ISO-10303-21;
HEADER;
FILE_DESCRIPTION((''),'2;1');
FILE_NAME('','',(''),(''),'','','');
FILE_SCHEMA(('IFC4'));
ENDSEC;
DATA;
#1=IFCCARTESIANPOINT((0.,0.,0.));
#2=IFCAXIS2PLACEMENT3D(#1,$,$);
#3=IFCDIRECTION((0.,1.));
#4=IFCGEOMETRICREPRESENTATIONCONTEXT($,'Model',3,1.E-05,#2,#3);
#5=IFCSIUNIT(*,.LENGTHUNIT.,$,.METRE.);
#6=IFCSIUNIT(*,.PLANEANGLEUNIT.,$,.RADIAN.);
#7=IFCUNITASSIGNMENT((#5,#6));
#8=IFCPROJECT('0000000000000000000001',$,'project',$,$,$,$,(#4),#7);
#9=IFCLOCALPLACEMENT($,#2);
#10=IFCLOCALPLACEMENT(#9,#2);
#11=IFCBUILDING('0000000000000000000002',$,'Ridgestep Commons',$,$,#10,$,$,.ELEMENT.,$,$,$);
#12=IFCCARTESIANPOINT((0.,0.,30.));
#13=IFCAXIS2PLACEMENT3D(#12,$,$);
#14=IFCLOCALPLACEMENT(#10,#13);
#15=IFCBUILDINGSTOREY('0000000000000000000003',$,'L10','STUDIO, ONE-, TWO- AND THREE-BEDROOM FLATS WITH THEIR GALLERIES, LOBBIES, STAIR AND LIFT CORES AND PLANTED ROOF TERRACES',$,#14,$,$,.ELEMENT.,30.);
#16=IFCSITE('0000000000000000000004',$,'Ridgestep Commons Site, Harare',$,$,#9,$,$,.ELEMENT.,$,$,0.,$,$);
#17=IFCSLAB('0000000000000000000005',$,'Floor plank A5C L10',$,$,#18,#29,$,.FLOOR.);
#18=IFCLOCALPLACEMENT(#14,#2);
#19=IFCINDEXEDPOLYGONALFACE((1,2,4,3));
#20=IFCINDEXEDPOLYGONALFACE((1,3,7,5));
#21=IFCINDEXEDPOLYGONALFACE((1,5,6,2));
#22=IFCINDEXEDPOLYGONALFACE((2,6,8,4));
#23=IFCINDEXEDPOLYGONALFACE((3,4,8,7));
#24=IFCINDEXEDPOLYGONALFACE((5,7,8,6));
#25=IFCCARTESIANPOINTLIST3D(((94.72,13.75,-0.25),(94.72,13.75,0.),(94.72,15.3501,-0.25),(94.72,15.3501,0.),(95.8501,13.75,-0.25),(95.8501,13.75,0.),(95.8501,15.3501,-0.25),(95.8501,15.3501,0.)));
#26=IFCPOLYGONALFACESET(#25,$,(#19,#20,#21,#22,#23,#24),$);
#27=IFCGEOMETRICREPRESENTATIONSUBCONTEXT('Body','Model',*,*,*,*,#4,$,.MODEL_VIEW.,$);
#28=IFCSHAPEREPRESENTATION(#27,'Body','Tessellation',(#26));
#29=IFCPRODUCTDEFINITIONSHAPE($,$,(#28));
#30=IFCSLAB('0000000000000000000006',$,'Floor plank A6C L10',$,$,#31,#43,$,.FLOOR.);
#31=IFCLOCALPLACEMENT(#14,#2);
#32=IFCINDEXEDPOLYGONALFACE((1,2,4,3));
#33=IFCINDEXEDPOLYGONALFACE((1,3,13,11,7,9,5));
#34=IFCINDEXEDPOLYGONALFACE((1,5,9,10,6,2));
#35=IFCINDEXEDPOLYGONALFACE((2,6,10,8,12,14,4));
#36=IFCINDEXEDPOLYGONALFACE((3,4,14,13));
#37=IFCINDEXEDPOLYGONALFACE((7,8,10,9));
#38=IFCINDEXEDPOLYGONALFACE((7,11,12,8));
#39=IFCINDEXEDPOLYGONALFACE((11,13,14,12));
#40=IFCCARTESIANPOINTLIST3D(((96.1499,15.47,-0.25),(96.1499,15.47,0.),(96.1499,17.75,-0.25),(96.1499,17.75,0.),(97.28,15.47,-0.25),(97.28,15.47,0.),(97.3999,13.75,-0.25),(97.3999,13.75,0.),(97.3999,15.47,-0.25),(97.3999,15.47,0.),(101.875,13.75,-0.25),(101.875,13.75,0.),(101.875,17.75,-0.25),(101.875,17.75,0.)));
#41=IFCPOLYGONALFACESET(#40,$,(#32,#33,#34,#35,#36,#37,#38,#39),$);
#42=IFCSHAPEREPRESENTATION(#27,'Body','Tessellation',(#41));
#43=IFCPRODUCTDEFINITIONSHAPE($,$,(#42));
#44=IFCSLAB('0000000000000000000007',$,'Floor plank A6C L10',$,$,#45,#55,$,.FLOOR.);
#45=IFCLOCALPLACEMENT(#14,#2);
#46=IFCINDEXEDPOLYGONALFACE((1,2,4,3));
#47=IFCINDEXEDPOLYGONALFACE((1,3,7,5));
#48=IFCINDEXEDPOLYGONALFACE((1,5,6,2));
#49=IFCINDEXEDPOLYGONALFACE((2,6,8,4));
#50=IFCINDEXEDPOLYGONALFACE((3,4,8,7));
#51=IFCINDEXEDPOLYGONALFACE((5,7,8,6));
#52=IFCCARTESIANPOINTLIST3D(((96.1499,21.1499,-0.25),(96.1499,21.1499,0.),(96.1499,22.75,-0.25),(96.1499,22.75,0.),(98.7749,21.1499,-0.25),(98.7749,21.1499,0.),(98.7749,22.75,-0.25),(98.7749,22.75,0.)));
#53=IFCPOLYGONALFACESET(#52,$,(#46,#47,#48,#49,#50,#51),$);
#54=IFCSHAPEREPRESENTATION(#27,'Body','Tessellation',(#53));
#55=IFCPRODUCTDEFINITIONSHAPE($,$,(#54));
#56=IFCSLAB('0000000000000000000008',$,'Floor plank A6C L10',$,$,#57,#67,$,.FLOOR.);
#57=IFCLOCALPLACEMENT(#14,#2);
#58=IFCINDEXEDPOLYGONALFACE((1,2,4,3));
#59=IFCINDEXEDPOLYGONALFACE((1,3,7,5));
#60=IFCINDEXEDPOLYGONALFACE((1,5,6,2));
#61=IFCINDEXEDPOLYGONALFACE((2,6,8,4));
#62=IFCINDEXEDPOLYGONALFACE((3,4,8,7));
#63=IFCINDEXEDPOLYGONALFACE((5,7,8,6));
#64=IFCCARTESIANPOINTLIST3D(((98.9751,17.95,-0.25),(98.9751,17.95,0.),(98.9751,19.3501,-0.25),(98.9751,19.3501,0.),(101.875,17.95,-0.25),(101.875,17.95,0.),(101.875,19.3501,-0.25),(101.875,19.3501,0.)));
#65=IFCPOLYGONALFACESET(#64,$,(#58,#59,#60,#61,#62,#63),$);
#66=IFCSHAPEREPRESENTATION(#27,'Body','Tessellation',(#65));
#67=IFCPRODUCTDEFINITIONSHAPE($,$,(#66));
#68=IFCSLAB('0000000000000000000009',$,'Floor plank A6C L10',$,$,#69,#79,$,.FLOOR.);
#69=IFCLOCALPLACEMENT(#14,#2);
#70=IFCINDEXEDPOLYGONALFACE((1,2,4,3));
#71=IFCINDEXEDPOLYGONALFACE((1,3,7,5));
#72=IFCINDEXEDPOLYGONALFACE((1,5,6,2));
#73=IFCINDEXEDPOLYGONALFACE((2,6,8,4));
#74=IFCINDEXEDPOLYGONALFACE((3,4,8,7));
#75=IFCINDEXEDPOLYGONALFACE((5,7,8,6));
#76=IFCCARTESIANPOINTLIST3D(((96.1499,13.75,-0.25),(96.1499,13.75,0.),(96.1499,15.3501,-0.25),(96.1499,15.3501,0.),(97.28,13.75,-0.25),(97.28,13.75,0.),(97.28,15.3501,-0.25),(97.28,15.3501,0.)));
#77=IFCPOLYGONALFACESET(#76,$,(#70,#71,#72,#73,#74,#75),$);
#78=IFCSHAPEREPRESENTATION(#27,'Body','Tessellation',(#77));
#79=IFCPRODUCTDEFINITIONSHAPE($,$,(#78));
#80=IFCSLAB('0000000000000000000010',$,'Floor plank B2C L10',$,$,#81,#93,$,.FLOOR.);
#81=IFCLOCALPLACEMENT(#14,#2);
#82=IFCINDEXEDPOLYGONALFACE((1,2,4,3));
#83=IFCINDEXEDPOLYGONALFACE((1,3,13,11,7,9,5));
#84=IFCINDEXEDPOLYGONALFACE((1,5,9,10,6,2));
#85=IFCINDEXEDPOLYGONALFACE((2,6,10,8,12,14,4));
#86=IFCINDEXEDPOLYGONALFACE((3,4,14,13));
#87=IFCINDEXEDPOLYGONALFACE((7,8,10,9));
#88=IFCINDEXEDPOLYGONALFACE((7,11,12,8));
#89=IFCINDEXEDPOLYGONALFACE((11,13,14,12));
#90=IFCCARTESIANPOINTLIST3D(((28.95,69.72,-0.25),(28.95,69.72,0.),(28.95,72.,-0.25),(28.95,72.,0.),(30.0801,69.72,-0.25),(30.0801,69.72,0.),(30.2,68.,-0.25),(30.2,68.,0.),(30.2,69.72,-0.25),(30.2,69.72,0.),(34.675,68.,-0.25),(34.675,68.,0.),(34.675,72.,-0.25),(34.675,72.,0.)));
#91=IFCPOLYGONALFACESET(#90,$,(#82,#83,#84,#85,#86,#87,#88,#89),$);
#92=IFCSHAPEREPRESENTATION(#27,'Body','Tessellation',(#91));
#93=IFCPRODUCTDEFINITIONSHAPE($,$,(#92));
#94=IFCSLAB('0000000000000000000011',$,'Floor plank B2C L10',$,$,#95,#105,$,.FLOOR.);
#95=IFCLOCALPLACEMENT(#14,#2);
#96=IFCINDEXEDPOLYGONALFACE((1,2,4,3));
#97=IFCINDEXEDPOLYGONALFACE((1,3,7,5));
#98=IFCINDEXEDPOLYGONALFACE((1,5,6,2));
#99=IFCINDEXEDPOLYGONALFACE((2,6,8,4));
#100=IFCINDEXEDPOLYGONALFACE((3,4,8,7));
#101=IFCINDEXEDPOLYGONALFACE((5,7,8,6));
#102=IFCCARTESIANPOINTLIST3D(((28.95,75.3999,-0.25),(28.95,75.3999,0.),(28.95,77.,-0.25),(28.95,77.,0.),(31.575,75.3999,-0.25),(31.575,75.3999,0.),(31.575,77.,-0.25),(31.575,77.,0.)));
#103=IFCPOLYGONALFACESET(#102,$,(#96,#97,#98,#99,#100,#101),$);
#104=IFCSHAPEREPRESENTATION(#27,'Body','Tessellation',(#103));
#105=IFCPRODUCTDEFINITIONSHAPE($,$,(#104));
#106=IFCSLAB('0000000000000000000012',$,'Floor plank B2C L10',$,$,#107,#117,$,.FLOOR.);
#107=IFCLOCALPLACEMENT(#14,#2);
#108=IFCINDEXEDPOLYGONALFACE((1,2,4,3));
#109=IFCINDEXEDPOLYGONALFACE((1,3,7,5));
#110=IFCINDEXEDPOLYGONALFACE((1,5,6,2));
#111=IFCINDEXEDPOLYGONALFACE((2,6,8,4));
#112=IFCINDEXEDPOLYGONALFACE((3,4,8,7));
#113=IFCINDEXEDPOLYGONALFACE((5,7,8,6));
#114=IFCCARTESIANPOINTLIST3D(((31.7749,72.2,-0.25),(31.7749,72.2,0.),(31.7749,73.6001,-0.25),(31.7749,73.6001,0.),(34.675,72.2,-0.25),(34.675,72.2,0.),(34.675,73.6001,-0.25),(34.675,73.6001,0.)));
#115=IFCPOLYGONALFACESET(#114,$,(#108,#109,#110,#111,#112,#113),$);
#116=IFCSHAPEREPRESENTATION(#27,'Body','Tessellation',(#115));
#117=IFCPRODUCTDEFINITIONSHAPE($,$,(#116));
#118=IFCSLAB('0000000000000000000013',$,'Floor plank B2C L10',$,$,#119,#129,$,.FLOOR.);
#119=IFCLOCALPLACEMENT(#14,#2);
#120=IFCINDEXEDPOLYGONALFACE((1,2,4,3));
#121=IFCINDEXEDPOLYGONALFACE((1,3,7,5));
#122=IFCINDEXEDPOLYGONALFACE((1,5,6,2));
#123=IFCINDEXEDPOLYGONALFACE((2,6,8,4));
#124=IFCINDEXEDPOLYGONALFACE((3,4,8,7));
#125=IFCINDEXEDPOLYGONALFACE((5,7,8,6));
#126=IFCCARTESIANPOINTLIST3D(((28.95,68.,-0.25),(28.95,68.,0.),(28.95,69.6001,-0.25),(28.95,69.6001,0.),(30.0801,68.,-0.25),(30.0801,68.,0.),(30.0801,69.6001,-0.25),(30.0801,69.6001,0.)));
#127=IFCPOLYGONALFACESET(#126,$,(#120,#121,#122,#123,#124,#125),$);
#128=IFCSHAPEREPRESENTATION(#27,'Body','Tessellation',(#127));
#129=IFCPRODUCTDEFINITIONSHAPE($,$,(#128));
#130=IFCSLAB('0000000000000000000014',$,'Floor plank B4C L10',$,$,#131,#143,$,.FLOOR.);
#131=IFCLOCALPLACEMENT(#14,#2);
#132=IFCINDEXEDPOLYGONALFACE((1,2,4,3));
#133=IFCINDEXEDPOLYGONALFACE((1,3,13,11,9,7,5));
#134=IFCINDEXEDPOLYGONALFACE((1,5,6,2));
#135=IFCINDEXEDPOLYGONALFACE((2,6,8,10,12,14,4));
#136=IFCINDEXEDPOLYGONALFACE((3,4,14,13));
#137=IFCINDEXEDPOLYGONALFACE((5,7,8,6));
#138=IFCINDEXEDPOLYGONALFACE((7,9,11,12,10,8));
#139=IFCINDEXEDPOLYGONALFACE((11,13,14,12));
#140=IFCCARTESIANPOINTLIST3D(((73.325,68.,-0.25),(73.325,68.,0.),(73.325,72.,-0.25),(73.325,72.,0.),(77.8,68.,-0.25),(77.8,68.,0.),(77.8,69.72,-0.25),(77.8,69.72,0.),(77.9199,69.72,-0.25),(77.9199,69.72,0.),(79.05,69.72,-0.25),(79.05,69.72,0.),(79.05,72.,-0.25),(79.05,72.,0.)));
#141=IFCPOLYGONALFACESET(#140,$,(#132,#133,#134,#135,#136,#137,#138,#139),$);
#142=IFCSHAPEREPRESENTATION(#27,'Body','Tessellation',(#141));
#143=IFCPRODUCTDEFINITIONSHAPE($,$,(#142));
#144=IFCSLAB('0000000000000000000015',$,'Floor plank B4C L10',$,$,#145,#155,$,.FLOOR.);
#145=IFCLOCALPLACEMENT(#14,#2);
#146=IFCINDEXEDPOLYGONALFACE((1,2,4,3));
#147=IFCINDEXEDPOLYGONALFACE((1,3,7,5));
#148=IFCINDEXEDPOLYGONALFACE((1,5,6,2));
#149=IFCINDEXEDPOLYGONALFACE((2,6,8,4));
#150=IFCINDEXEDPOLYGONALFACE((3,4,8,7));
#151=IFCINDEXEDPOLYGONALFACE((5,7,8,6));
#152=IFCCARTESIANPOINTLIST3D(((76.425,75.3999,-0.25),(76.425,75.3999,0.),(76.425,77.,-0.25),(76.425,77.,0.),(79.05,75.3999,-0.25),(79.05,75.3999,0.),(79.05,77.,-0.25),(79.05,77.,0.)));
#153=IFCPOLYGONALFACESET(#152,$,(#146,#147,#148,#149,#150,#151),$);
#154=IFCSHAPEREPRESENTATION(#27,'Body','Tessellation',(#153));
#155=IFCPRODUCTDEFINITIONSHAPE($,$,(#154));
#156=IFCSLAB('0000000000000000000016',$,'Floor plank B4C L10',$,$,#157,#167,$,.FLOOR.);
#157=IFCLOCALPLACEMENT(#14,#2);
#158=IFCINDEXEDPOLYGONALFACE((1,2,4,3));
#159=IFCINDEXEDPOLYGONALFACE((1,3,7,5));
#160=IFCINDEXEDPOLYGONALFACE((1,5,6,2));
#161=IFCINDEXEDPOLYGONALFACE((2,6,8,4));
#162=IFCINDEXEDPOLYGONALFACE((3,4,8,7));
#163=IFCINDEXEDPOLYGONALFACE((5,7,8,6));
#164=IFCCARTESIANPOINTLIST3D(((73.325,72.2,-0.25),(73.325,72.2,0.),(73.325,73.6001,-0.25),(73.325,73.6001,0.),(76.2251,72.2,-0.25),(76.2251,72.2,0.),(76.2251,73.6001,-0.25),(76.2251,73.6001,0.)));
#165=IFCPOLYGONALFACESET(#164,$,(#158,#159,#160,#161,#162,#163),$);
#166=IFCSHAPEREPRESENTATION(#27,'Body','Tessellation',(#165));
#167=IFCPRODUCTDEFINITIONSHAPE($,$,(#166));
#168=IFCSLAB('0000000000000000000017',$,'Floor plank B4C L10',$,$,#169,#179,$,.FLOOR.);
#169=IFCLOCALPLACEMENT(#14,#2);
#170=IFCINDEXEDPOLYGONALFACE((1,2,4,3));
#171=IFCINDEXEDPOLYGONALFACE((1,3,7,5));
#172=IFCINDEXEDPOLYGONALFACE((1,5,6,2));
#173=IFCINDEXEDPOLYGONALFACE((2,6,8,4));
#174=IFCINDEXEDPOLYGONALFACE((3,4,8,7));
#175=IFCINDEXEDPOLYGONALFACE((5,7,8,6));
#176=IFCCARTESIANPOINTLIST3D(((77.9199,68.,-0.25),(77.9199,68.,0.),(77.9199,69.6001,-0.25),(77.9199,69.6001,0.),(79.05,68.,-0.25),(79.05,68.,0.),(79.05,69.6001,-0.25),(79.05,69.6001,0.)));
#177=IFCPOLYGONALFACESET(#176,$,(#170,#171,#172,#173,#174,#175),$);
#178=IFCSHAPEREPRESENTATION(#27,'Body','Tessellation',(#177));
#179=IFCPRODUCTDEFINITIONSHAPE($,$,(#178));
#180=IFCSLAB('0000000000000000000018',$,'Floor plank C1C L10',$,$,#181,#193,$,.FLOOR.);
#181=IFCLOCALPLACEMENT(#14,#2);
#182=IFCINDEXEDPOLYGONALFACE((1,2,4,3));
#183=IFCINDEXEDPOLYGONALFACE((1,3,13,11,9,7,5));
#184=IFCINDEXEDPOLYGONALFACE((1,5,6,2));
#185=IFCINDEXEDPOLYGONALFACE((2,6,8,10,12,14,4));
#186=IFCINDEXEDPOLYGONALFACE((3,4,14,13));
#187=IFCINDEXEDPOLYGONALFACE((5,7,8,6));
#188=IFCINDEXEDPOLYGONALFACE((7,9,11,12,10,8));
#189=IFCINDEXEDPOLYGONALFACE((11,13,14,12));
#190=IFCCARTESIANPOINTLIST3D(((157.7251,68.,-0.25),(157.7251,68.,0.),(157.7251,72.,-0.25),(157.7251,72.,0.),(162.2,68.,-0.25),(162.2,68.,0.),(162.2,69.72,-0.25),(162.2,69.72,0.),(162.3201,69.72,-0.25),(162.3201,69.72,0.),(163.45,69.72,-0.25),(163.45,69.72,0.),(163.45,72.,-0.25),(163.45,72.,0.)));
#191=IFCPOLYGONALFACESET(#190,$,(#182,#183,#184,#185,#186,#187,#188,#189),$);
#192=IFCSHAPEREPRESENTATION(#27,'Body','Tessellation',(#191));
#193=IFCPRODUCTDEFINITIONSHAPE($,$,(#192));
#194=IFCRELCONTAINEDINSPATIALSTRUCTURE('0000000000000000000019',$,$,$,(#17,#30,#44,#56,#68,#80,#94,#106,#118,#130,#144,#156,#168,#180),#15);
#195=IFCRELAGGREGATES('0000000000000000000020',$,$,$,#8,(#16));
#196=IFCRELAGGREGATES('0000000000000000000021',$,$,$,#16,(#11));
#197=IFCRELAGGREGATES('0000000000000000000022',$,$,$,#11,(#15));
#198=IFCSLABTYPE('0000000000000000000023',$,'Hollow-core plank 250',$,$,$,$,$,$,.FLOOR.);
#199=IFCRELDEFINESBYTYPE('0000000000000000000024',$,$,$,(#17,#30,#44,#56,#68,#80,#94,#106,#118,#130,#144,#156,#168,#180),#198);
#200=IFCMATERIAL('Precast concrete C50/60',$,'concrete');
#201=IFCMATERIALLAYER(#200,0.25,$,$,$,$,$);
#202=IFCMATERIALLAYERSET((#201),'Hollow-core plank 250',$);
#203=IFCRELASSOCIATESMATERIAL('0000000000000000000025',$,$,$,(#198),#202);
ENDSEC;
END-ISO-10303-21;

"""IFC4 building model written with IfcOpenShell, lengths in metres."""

from ifc_helpers import new_model, si_unit, direction, frame, origin, place, context, subcontext, project, spatial, polyline, outline, extrude, material, layer, layer_set, type_object, element, save


model = new_model("IFC4")

# Units and contexts
model_context = context("Model", 3, precision=1e-05, world=origin(), true_north=direction((0.0, 1.0)))
body_context = subcontext(model_context, "Body", "Model", "MODEL_VIEW")
ifc_project = project(units=[si_unit("LENGTHUNIT", "METRE"), si_unit("PLANEANGLEUNIT", "RADIAN")], contexts=[model_context])

# Site, building, storey
site_placement = place(None, origin())
site = spatial("IfcSite", under=ifc_project, at=site_placement, Name="Ridgestep Commons Site, Harare", CompositionType="ELEMENT", RefElevation=0.0)
building_placement = place(site_placement, origin())
building = spatial("IfcBuilding", under=site, at=building_placement, Name="Ridgestep Commons", CompositionType="ELEMENT")
storey_placement = place(building_placement, frame((0.0, 0.0, 30.0)))
storey = spatial("IfcBuildingStorey", under=building, at=storey_placement, Name="L10", Description="STUDIO, ONE-, TWO- AND THREE-BEDROOM FLATS WITH THEIR GALLERIES, LOBBIES, STAIR AND LIFT CORES AND PLANTED ROOF TERRACES", CompositionType="ELEMENT", Elevation=30.0)

# Slabs
ifc_material_1 = material(Name="Precast concrete C50/60", Category="concrete")
ifc_layer_1 = layer(ifc_material_1, 0.25)
ifc_layer_set_1 = layer_set([ifc_layer_1], Name="Hollow-core plank 250")
slab_type_1 = type_object("IfcSlabType", Name="Hollow-core plank 250", PredefinedType="FLOOR", material=ifc_layer_set_1)
slab_1_placement = place(storey_placement, frame((0.0, 0.0, -0.25)))
element("IfcSlab", 1, at=slab_1_placement, inside=storey, type_object=slab_type_1, Name="Floor plank A5C L10", PredefinedType="FLOOR", context=body_context, shape_type="SweptSolid", body=[
    extrude(outline(polyline([(94.72, 13.75), (95.8501, 13.75), (95.8501, 15.3501), (94.72, 15.3501), (94.72, 13.75)])), origin(), (0.0, 0.0, 1.0), 0.25),
])
slab_2_placement = place(storey_placement, frame((0.0, 0.0, -0.25)))
element("IfcSlab", 2, at=slab_2_placement, inside=storey, type_object=slab_type_1, Name="Floor plank A6C L10", PredefinedType="FLOOR", context=body_context, shape_type="SweptSolid", body=[
    extrude(outline(polyline([(97.3999, 13.75), (101.875, 13.75), (101.875, 17.75), (96.1499, 17.75), (96.1499, 15.47), (97.28, 15.47), (97.3999, 15.47), (97.3999, 13.75)])), origin(), (0.0, 0.0, 1.0), 0.25),
])
slab_3_placement = place(storey_placement, frame((0.0, 0.0, -0.25)))
element("IfcSlab", 3, at=slab_3_placement, inside=storey, type_object=slab_type_1, Name="Floor plank A6C L10", PredefinedType="FLOOR", context=body_context, shape_type="SweptSolid", body=[
    extrude(outline(polyline([(98.7749, 22.75), (96.1499, 22.75), (96.1499, 21.1499), (98.7749, 21.1499), (98.7749, 22.75)])), origin(), (0.0, 0.0, 1.0), 0.25),
])
slab_4_placement = place(storey_placement, frame((0.0, 0.0, -0.25)))
element("IfcSlab", 4, at=slab_4_placement, inside=storey, type_object=slab_type_1, Name="Floor plank A6C L10", PredefinedType="FLOOR", context=body_context, shape_type="SweptSolid", body=[
    extrude(outline(polyline([(101.875, 17.95), (101.875, 19.3501), (98.9751, 19.3501), (98.9751, 17.95), (101.875, 17.95)])), origin(), (0.0, 0.0, 1.0), 0.25),
])
slab_5_placement = place(storey_placement, frame((0.0, 0.0, -0.25)))
element("IfcSlab", 5, at=slab_5_placement, inside=storey, type_object=slab_type_1, Name="Floor plank A6C L10", PredefinedType="FLOOR", context=body_context, shape_type="SweptSolid", body=[
    extrude(outline(polyline([(97.28, 15.3501), (96.1499, 15.3501), (96.1499, 13.75), (97.28, 13.75), (97.28, 15.3501)])), origin(), (0.0, 0.0, 1.0), 0.25),
])
slab_6_placement = place(storey_placement, frame((0.0, 0.0, -0.25)))
element("IfcSlab", 6, at=slab_6_placement, inside=storey, type_object=slab_type_1, Name="Floor plank B2C L10", PredefinedType="FLOOR", context=body_context, shape_type="SweptSolid", body=[
    extrude(outline(polyline([(30.2, 68.0), (34.675, 68.0), (34.675, 72.0), (28.95, 72.0), (28.95, 69.72), (30.0801, 69.72), (30.2, 69.72), (30.2, 68.0)])), origin(), (0.0, 0.0, 1.0), 0.25),
])
slab_7_placement = place(storey_placement, frame((0.0, 0.0, -0.25)))
element("IfcSlab", 7, at=slab_7_placement, inside=storey, type_object=slab_type_1, Name="Floor plank B2C L10", PredefinedType="FLOOR", context=body_context, shape_type="SweptSolid", body=[
    extrude(outline(polyline([(31.575, 77.0), (28.95, 77.0), (28.95, 75.3999), (31.575, 75.3999), (31.575, 77.0)])), origin(), (0.0, 0.0, 1.0), 0.25),
])
slab_8_placement = place(storey_placement, frame((0.0, 0.0, -0.25)))
element("IfcSlab", 8, at=slab_8_placement, inside=storey, type_object=slab_type_1, Name="Floor plank B2C L10", PredefinedType="FLOOR", context=body_context, shape_type="SweptSolid", body=[
    extrude(outline(polyline([(34.675, 72.2), (34.675, 73.6001), (31.7749, 73.6001), (31.7749, 72.2), (34.675, 72.2)])), origin(), (0.0, 0.0, 1.0), 0.25),
])
slab_9_placement = place(storey_placement, frame((0.0, 0.0, -0.25)))
element("IfcSlab", 9, at=slab_9_placement, inside=storey, type_object=slab_type_1, Name="Floor plank B2C L10", PredefinedType="FLOOR", context=body_context, shape_type="SweptSolid", body=[
    extrude(outline(polyline([(30.0801, 69.6001), (28.95, 69.6001), (28.95, 68.0), (30.0801, 68.0), (30.0801, 69.6001)])), origin(), (0.0, 0.0, 1.0), 0.25),
])
slab_10_placement = place(storey_placement, frame((0.0, 0.0, -0.25)))
element("IfcSlab", 10, at=slab_10_placement, inside=storey, type_object=slab_type_1, Name="Floor plank B4C L10", PredefinedType="FLOOR", context=body_context, shape_type="SweptSolid", body=[
    extrude(outline(polyline([(77.9199, 69.72), (79.05, 69.72), (79.05, 72.0), (73.325, 72.0), (73.325, 68.0), (77.8, 68.0), (77.8, 69.72), (77.9199, 69.72)])), origin(), (0.0, 0.0, 1.0), 0.25),
])
slab_11_placement = place(storey_placement, frame((0.0, 0.0, -0.25)))
element("IfcSlab", 11, at=slab_11_placement, inside=storey, type_object=slab_type_1, Name="Floor plank B4C L10", PredefinedType="FLOOR", context=body_context, shape_type="SweptSolid", body=[
    extrude(outline(polyline([(79.05, 75.3999), (79.05, 77.0), (76.425, 77.0), (76.425, 75.3999), (79.05, 75.3999)])), origin(), (0.0, 0.0, 1.0), 0.25),
])
slab_12_placement = place(storey_placement, frame((0.0, 0.0, -0.25)))
element("IfcSlab", 12, at=slab_12_placement, inside=storey, type_object=slab_type_1, Name="Floor plank B4C L10", PredefinedType="FLOOR", context=body_context, shape_type="SweptSolid", body=[
    extrude(outline(polyline([(76.2251, 72.2), (76.2251, 73.6001), (73.325, 73.6001), (73.325, 72.2), (76.2251, 72.2)])), origin(), (0.0, 0.0, 1.0), 0.25),
])
slab_13_placement = place(storey_placement, frame((0.0, 0.0, -0.25)))
element("IfcSlab", 13, at=slab_13_placement, inside=storey, type_object=slab_type_1, Name="Floor plank B4C L10", PredefinedType="FLOOR", context=body_context, shape_type="SweptSolid", body=[
    extrude(outline(polyline([(77.9199, 68.0), (79.05, 68.0), (79.05, 69.6001), (77.9199, 69.6001), (77.9199, 68.0)])), origin(), (0.0, 0.0, 1.0), 0.25),
])
slab_14_placement = place(storey_placement, frame((0.0, 0.0, -0.25)))
element("IfcSlab", 14, at=slab_14_placement, inside=storey, type_object=slab_type_1, Name="Floor plank C1C L10", PredefinedType="FLOOR", context=body_context, shape_type="SweptSolid", body=[
    extrude(outline(polyline([(162.3201, 69.72), (163.45, 69.72), (163.45, 72.0), (157.7251, 72.0), (157.7251, 68.0), (162.2, 68.0), (162.2, 69.72), (162.3201, 69.72)])), origin(), (0.0, 0.0, 1.0), 0.25),
])

save(model, "model.ifc")
